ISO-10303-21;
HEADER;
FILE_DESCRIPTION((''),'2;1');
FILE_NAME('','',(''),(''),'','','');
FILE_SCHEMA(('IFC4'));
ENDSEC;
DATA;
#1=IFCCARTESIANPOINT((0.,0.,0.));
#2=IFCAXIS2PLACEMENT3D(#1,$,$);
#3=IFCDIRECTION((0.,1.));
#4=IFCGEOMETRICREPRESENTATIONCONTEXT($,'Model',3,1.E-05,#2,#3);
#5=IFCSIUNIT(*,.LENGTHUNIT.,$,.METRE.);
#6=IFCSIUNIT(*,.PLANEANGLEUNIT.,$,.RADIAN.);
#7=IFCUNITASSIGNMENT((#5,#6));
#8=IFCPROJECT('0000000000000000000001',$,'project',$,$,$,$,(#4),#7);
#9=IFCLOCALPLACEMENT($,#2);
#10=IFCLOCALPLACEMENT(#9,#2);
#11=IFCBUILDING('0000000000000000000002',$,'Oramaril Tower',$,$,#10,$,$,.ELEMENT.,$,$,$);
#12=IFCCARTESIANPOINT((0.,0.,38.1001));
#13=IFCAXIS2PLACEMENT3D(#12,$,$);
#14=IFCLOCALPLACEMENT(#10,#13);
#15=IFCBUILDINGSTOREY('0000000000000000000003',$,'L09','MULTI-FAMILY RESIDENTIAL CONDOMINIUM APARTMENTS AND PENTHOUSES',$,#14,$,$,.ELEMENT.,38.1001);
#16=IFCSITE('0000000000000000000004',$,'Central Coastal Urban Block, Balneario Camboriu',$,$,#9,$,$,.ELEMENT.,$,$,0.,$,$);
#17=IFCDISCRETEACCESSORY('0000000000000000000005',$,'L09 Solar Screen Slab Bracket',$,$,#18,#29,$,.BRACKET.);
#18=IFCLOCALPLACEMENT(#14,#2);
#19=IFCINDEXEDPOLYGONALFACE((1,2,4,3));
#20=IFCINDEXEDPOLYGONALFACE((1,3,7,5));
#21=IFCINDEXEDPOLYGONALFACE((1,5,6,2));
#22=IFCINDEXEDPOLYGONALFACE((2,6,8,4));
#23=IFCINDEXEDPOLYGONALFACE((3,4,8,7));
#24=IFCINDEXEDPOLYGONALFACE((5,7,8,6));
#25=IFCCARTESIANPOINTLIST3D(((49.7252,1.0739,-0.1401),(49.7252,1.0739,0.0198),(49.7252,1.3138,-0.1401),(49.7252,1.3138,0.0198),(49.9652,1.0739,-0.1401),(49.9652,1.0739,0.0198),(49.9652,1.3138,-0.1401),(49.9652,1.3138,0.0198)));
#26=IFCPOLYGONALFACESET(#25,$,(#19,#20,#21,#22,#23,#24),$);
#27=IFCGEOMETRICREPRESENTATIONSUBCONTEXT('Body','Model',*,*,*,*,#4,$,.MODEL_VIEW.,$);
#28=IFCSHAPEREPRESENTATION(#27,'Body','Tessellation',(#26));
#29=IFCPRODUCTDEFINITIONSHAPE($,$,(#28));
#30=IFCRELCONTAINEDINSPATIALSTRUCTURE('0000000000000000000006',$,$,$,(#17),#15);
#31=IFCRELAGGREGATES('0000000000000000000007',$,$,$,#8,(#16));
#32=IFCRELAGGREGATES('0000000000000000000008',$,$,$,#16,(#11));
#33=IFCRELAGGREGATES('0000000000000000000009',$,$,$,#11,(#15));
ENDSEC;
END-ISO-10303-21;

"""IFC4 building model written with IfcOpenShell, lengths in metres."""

from ifc_helpers import new_model, si_unit, direction, frame, origin, origin_2d, place, context, subcontext, project, spatial, rectangle, extrude, element, save


model = new_model("IFC4")

# Units and contexts
model_context = context("Model", 3, precision=1e-05, world=origin(), true_north=direction((0.0, 1.0)))
body_context = subcontext(model_context, "Body", "Model", "MODEL_VIEW")
ifc_project = project(units=[si_unit("LENGTHUNIT", "METRE"), si_unit("PLANEANGLEUNIT", "RADIAN")], contexts=[model_context])

# Site, building, storey
site_placement = place(None, origin())
site = spatial("IfcSite", under=ifc_project, at=site_placement, Name="Central Coastal Urban Block, Balneario Camboriu", CompositionType="ELEMENT", RefElevation=0.0)
building_placement = place(site_placement, origin())
building = spatial("IfcBuilding", under=site, at=building_placement, Name="Oramaril Tower", CompositionType="ELEMENT")
storey_placement = place(building_placement, frame((0.0, 0.0, 38.1001)))
storey = spatial("IfcBuildingStorey", under=building, at=storey_placement, Name="L09", Description="MULTI-FAMILY RESIDENTIAL CONDOMINIUM APARTMENTS AND PENTHOUSES", CompositionType="ELEMENT", Elevation=38.1001)

# Discrete accessory
discrete_accessory_placement = place(storey_placement, frame((49.8452, 1.1938, -0.1401), z_axis=(0.0, 0.0, 1.0), x_axis=(1.0, 0.0, 0.0)))
element("IfcDiscreteAccessory", 1, at=discrete_accessory_placement, inside=storey, Name="L09 Solar Screen Slab Bracket", PredefinedType="BRACKET", context=body_context, shape_type="SweptSolid", body=[
    extrude(rectangle(XDim=0.24, YDim=0.24, at=origin_2d()), origin(), (0.0, 0.0, 1.0), 0.1599),
])

save(model, "model.ifc")
